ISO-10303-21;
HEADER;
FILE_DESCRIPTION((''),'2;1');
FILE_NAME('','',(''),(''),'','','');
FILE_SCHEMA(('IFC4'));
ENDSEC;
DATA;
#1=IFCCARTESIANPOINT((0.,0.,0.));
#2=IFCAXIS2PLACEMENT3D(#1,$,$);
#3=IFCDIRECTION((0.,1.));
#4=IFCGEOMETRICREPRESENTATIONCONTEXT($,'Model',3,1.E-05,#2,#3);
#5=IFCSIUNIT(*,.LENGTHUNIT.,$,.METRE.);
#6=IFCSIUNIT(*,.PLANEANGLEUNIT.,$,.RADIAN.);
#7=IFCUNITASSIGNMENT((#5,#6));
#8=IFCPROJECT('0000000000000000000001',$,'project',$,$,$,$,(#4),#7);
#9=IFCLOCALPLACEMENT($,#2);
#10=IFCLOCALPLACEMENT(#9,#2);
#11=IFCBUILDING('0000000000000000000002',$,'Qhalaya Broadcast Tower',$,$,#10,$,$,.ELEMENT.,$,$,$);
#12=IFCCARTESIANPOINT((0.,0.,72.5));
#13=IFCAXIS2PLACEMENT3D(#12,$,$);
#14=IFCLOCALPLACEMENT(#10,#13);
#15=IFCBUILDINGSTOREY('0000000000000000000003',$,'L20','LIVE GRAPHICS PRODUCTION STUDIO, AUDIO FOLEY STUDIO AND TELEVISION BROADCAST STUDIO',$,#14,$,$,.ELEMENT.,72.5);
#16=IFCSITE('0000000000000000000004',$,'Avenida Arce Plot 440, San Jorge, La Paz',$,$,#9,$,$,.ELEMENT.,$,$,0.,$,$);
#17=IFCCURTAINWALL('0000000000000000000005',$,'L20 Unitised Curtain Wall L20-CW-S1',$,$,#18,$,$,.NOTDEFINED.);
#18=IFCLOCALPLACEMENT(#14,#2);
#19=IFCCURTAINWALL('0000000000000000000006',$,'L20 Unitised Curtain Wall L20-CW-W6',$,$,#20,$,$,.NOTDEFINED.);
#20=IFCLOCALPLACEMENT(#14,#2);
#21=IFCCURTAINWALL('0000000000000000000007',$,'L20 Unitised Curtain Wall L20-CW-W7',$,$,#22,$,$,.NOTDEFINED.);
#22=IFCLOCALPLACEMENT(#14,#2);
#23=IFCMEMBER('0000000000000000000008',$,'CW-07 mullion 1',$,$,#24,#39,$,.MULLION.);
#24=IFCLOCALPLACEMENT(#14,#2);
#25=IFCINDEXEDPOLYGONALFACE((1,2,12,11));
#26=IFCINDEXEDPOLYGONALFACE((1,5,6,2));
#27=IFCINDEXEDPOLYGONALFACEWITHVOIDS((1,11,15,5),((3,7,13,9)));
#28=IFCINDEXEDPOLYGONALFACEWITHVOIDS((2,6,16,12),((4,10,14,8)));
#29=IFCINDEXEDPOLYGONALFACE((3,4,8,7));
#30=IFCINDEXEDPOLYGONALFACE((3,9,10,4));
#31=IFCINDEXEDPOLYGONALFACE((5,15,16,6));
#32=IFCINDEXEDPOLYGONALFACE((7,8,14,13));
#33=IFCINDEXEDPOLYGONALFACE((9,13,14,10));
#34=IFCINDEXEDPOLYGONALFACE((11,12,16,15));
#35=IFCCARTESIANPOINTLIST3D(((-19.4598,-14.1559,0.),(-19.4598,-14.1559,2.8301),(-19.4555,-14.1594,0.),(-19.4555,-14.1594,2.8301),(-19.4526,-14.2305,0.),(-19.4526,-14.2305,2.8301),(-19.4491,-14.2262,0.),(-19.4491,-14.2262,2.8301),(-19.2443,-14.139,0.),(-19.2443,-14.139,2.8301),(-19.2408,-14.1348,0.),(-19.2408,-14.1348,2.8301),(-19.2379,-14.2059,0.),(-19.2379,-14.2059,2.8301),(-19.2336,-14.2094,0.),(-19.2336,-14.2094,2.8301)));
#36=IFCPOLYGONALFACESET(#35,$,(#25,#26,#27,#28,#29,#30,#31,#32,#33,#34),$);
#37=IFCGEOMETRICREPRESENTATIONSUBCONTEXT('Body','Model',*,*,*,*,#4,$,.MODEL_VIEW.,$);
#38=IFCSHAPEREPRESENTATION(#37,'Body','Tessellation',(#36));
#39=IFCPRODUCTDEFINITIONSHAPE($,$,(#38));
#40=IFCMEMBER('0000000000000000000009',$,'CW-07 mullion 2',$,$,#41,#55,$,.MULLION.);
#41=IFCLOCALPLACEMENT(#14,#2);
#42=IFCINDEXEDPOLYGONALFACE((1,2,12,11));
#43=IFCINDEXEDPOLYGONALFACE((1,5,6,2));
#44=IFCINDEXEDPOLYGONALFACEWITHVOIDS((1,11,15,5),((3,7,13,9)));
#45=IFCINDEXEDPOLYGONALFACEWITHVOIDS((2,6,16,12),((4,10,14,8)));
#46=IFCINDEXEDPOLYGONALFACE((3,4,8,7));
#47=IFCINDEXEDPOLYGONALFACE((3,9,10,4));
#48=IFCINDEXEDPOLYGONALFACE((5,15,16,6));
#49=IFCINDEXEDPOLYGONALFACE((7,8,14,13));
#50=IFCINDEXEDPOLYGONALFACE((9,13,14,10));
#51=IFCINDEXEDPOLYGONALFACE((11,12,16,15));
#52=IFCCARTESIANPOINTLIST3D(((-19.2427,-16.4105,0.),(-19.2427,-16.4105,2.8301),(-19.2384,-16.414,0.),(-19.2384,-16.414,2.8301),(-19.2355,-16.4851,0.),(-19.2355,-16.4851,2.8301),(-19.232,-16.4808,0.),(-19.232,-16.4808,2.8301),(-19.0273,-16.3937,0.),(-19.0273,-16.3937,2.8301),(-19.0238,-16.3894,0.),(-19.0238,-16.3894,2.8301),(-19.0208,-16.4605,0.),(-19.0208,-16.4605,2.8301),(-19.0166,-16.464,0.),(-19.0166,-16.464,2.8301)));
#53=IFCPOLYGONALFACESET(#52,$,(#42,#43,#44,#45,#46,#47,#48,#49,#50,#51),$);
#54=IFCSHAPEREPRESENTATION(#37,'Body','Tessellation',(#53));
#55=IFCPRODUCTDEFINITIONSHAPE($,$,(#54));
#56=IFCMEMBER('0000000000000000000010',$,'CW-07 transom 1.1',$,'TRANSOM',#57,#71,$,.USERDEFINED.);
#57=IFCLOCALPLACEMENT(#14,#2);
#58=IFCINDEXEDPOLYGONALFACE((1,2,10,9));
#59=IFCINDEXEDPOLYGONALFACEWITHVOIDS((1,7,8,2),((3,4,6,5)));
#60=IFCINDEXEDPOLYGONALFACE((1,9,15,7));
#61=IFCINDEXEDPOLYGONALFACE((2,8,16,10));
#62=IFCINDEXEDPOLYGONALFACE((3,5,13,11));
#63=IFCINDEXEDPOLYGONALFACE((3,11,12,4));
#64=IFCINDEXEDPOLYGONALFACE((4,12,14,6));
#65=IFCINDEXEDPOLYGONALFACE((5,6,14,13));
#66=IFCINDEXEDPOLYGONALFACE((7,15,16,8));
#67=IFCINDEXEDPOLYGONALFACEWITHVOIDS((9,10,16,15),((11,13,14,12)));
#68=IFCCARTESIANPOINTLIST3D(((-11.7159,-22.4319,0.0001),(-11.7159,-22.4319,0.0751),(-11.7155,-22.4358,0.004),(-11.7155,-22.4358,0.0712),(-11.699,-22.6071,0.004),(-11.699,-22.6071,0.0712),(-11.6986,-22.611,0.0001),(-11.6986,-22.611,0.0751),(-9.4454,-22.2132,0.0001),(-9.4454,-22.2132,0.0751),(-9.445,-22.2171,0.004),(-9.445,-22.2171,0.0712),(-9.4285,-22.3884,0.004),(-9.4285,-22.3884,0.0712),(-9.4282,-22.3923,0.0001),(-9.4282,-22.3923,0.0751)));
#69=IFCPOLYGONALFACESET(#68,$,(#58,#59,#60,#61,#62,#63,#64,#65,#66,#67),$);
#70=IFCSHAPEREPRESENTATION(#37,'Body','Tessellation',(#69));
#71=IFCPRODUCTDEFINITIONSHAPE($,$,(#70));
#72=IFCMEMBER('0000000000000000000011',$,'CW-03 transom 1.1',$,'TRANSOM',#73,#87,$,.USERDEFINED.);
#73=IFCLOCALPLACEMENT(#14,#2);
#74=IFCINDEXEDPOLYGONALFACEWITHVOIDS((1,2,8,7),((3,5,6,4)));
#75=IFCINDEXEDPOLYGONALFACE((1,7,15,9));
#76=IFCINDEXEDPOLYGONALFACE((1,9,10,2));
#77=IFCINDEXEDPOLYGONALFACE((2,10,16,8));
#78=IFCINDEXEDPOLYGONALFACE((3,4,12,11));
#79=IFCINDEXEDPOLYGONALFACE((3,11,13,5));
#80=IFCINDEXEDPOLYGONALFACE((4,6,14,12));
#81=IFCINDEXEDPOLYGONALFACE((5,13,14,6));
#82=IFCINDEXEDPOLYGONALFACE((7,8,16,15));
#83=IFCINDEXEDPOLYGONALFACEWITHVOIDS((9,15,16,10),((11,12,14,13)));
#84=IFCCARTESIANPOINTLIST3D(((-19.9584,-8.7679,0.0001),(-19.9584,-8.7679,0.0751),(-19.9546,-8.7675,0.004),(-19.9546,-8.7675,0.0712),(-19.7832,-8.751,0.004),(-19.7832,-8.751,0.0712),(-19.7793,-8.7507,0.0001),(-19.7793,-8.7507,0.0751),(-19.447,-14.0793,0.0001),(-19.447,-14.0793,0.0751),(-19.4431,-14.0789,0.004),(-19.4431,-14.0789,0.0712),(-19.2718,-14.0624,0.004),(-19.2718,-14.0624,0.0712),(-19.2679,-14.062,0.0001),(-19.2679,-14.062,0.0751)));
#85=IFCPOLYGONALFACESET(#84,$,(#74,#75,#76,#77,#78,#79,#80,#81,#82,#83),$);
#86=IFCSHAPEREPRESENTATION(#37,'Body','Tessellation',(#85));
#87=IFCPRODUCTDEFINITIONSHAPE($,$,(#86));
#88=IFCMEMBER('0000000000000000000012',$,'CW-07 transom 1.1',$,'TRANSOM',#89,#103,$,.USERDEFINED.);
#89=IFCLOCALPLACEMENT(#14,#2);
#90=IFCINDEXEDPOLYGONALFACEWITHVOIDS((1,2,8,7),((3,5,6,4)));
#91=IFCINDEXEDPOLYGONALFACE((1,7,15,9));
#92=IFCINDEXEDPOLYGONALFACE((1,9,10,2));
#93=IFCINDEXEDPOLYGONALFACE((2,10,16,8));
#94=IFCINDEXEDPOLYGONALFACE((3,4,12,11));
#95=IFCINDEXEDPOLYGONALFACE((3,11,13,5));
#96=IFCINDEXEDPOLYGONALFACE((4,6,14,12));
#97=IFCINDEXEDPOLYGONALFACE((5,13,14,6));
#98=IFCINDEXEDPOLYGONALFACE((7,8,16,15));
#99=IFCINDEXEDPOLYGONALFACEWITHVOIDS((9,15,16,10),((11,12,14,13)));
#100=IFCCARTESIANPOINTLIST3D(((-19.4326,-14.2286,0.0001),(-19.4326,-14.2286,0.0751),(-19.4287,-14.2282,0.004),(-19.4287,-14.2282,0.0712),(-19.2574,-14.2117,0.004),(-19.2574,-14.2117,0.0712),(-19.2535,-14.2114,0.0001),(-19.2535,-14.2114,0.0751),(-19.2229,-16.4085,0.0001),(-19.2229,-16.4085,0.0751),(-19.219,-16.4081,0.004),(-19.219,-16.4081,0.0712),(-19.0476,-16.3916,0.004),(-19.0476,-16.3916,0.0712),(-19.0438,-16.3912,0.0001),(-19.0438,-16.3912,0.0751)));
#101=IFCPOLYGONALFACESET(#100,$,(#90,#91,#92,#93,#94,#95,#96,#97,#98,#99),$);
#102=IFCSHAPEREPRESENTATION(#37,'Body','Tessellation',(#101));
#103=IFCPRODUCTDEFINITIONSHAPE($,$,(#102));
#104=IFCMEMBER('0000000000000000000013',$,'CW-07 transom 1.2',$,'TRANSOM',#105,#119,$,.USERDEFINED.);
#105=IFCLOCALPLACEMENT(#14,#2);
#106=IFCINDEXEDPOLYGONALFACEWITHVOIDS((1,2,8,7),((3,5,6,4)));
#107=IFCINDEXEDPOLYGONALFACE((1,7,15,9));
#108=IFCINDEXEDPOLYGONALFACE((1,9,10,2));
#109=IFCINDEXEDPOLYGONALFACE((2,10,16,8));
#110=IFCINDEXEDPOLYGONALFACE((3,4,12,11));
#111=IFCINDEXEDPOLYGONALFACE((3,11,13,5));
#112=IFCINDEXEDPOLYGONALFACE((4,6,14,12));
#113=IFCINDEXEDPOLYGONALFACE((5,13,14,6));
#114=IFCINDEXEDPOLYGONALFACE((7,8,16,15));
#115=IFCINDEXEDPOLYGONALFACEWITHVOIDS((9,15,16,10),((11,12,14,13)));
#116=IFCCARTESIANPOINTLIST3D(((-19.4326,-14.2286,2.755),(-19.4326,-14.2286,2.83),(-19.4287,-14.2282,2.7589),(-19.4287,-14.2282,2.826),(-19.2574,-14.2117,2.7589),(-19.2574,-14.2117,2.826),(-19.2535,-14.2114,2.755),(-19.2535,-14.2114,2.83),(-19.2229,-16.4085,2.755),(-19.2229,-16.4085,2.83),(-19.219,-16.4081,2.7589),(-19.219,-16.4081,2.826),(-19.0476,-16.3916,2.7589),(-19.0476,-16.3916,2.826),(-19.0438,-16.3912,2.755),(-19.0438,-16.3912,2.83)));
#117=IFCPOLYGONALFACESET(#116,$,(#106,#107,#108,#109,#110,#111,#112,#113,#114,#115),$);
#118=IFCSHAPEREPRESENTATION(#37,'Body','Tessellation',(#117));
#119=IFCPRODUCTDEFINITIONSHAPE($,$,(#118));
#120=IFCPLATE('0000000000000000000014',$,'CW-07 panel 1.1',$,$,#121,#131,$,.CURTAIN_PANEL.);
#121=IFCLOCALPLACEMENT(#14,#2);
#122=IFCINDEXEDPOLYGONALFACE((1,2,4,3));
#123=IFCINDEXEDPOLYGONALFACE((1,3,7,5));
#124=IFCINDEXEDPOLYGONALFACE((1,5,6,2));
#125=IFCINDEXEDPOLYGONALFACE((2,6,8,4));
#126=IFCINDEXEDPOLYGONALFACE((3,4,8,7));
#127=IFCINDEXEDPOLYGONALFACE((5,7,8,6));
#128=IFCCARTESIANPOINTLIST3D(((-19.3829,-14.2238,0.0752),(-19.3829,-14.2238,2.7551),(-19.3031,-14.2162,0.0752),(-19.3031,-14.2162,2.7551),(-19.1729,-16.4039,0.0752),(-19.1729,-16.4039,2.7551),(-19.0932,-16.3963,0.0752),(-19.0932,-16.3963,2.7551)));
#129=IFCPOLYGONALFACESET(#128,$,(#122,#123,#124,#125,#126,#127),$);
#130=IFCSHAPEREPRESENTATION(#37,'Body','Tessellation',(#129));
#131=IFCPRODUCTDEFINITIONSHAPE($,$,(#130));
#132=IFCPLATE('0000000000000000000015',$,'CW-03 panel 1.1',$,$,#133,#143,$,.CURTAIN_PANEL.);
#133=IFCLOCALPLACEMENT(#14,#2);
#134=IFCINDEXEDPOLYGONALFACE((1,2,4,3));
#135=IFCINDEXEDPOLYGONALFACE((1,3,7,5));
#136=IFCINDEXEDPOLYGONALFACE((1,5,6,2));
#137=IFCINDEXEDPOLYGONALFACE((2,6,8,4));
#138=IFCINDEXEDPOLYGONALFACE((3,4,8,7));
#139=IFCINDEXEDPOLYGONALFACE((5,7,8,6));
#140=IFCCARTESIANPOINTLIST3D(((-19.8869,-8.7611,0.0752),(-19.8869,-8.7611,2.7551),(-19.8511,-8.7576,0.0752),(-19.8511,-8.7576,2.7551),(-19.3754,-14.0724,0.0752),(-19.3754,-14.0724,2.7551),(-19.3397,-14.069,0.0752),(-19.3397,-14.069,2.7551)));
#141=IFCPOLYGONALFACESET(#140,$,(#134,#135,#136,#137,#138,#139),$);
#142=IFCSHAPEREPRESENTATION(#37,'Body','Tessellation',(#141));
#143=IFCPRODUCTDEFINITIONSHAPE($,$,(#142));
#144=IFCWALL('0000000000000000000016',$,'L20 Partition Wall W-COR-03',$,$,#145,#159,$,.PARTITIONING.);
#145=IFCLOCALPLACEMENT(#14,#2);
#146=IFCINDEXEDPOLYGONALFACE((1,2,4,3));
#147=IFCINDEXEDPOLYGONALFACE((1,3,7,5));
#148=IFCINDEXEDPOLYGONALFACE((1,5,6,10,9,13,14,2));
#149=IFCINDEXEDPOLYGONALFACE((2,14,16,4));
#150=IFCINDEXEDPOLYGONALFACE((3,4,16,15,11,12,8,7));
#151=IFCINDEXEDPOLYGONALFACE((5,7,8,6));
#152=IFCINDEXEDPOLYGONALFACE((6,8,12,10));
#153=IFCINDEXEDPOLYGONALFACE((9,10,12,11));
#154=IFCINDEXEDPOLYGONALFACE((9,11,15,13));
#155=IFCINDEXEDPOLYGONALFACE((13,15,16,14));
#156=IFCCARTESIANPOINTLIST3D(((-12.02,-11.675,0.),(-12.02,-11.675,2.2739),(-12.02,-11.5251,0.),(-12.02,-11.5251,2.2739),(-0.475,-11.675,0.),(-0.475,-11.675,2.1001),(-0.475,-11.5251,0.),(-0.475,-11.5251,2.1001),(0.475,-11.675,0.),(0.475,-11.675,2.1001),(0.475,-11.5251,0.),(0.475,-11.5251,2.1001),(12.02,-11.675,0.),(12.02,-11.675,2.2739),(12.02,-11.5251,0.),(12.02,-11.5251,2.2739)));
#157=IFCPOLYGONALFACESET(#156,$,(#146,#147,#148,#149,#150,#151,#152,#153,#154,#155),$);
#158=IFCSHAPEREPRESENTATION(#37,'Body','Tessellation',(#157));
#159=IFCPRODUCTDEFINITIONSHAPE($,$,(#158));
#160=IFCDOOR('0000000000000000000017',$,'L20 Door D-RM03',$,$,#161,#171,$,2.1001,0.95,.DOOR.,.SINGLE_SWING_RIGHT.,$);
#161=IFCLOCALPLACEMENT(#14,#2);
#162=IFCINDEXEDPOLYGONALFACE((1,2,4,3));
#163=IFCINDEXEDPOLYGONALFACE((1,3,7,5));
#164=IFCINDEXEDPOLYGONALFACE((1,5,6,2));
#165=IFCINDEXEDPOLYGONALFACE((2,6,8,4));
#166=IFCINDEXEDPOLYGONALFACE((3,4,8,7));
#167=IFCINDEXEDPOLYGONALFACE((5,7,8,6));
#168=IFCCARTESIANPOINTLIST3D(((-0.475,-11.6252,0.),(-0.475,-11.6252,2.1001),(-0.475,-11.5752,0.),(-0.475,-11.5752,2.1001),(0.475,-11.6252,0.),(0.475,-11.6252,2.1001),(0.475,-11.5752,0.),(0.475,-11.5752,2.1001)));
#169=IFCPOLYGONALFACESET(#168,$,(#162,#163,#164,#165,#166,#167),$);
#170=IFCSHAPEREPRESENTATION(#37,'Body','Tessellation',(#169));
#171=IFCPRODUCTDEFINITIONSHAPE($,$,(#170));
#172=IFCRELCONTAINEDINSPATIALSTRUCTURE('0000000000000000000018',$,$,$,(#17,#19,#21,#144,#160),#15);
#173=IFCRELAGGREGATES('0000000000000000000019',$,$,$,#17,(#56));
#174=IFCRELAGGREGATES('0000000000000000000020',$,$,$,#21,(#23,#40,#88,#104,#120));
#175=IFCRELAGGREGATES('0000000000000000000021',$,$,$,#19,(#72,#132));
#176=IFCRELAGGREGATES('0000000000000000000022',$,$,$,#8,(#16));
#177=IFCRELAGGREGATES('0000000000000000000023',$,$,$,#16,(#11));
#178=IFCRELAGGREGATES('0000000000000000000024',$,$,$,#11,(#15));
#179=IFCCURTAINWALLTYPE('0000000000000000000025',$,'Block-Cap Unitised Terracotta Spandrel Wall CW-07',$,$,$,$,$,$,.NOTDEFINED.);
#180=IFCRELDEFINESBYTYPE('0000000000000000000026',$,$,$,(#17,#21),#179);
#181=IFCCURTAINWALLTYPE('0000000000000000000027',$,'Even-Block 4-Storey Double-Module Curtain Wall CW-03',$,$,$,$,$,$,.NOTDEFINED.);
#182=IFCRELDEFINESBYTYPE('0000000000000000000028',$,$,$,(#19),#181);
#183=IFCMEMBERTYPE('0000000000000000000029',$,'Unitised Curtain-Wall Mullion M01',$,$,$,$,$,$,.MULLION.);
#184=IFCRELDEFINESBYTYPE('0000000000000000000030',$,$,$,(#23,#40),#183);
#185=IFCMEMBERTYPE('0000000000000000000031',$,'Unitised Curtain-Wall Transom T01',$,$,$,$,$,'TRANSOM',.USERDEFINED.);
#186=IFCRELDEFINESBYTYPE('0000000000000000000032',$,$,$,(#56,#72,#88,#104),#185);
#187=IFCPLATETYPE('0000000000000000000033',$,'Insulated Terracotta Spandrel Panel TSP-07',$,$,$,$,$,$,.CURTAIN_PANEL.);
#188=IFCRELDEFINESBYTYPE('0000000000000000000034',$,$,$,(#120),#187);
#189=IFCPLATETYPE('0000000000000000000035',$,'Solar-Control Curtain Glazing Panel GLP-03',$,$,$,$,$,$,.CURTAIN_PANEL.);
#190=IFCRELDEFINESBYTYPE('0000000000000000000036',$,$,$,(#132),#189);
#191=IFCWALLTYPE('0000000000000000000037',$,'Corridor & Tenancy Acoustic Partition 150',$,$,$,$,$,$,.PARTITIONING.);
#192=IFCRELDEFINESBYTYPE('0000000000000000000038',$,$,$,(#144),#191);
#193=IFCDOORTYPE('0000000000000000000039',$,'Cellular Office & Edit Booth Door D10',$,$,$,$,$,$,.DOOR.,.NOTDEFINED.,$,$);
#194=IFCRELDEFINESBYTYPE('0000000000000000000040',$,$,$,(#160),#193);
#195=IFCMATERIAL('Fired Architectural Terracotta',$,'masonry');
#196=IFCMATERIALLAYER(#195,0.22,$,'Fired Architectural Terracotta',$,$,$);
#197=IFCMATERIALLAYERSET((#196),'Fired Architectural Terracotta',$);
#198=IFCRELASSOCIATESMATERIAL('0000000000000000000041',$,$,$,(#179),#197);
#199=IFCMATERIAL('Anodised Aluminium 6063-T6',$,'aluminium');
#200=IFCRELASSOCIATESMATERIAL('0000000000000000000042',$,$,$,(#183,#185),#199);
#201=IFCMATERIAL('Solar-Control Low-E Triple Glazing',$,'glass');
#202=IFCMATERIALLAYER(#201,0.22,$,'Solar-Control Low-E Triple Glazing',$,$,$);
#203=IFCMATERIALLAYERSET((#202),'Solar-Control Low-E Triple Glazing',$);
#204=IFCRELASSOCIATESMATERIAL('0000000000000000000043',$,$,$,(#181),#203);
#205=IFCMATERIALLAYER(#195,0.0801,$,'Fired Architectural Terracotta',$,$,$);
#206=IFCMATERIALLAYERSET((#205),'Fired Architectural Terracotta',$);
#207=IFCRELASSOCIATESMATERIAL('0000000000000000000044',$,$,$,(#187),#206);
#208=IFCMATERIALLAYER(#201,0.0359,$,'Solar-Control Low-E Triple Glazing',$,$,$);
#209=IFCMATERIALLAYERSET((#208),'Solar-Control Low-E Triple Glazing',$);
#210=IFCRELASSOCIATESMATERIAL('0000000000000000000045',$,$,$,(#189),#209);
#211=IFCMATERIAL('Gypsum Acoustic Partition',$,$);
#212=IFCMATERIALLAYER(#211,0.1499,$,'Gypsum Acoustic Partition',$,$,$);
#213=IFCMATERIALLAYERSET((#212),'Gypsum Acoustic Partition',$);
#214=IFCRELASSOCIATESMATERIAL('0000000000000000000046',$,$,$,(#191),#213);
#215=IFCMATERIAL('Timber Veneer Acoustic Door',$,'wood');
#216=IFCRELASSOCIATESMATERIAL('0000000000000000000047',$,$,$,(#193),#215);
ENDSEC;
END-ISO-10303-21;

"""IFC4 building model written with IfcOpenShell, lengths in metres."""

from ifc_helpers import new_model, si_unit, direction, frame, frame_2d, origin, origin_2d, place, context, subcontext, project, spatial, rectangle, hollow_rectangle, extrude, material, layer, layer_set, material_profile, profile_set, type_object, element, fill, aggregate, save


model = new_model("IFC4")

# Units and contexts
model_context = context("Model", 3, precision=1e-05, world=origin(), true_north=direction((0.0, 1.0)))
body_context = subcontext(model_context, "Body", "Model", "MODEL_VIEW")
ifc_project = project(units=[si_unit("LENGTHUNIT", "METRE"), si_unit("PLANEANGLEUNIT", "RADIAN")], contexts=[model_context])

# Site, building, storey
site_placement = place(None, origin())
site = spatial("IfcSite", under=ifc_project, at=site_placement, Name="Avenida Arce Plot 440, San Jorge, La Paz", CompositionType="ELEMENT", RefElevation=0.0)
building_placement = place(site_placement, origin())
building = spatial("IfcBuilding", under=site, at=building_placement, Name="Qhalaya Broadcast Tower", CompositionType="ELEMENT")
storey_placement = place(building_placement, frame((0.0, 0.0, 72.5)))
storey = spatial("IfcBuildingStorey", under=building, at=storey_placement, Name="L20", Description="LIVE GRAPHICS PRODUCTION STUDIO, AUDIO FOLEY STUDIO AND TELEVISION BROADCAST STUDIO", CompositionType="ELEMENT", Elevation=72.5)

# Curtain walls
ifc_material_1 = material(Name="Fired Architectural Terracotta", Category="masonry")
ifc_layer_1 = layer(ifc_material_1, 0.22, Name="Fired Architectural Terracotta")
ifc_layer_set_1 = layer_set([ifc_layer_1], Name="Fired Architectural Terracotta")
curtain_wall_type_1 = type_object("IfcCurtainWallType", Name="Block-Cap Unitised Terracotta Spandrel Wall CW-07", PredefinedType="NOTDEFINED", material=ifc_layer_set_1)
curtain_wall_1_placement = place(storey_placement, origin())
curtain_wall_1 = element("IfcCurtainWall", 1, at=curtain_wall_1_placement, inside=storey, type_object=curtain_wall_type_1, Name="L20 Unitised Curtain Wall L20-CW-S1", PredefinedType="NOTDEFINED")
ifc_material_2 = material(Name="Anodised Aluminium 6063-T6", Category="aluminium")
ifc_material_profile_1 = material_profile(ifc_material_2, hollow_rectangle(XDim=0.075, YDim=0.22, WallThickness=0.0039, at=origin_2d()), Name="ALU-MUL 75x220x4")
ifc_profile_set_1 = profile_set([ifc_material_profile_1], Name="Anodised Aluminium 6063-T6")
member_type_1 = type_object("IfcMemberType", Name="Unitised Curtain-Wall Mullion M01", PredefinedType="MULLION", material=ifc_profile_set_1)
ifc_material_3 = material(Name="Solar-Control Low-E Triple Glazing", Category="glass")
ifc_layer_2 = layer(ifc_material_3, 0.22, Name="Solar-Control Low-E Triple Glazing")
ifc_layer_set_2 = layer_set([ifc_layer_2], Name="Solar-Control Low-E Triple Glazing")
curtain_wall_type_2 = type_object("IfcCurtainWallType", Name="Even-Block 4-Storey Double-Module Curtain Wall CW-03", PredefinedType="NOTDEFINED", material=ifc_layer_set_2)
curtain_wall_2_placement = place(storey_placement, origin())
curtain_wall_2 = element("IfcCurtainWall", 2, at=curtain_wall_2_placement, inside=storey, type_object=curtain_wall_type_2, Name="L20 Unitised Curtain Wall L20-CW-W6", PredefinedType="NOTDEFINED")

# Curtain wall, members
curtain_wall_3_placement = place(storey_placement, origin())
curtain_wall_3 = element("IfcCurtainWall", 3, at=curtain_wall_3_placement, inside=storey, type_object=curtain_wall_type_1, Name="L20 Unitised Curtain Wall L20-CW-W7", PredefinedType="NOTDEFINED")
member_1_placement = place(storey_placement, frame((-19.3467, -14.1826, 0.0), z_axis=(0.0, 0.0, 1.0), x_axis=(0.095852, -0.995396, 0.0)))
member_1 = element("IfcMember", 4, at=member_1_placement, type_object=member_type_1, Name="CW-07 mullion 1", PredefinedType="MULLION", context=body_context, shape_type="SweptSolid", body=[
    extrude(hollow_rectangle(XDim=0.075, YDim=0.22, WallThickness=0.0039, at=origin_2d()), origin(), (0.0, 0.0, 1.0), 2.8301),
])
member_2_placement = place(storey_placement, frame((-19.1296, -16.4373, 0.0), z_axis=(0.0, 0.0, 1.0), x_axis=(0.095852, -0.995396, 0.0)))
member_2 = element("IfcMember", 5, at=member_2_placement, type_object=member_type_1, Name="CW-07 mullion 2", PredefinedType="MULLION", context=body_context, shape_type="SweptSolid", body=[
    extrude(hollow_rectangle(XDim=0.075, YDim=0.22, WallThickness=0.0039, at=origin_2d()), origin(), (0.0, 0.0, 1.0), 2.8301),
])

# Members
ifc_material_profile_2 = material_profile(ifc_material_2, hollow_rectangle(XDim=0.075, YDim=0.1799, WallThickness=0.0039, at=origin_2d()), Name="ALU-TRN 75x180x4")
ifc_profile_set_2 = profile_set([ifc_material_profile_2], Name="Anodised Aluminium 6063-T6")
member_type_2 = type_object("IfcMemberType", Name="Unitised Curtain-Wall Transom T01", ElementType="TRANSOM", PredefinedType="USERDEFINED", material=ifc_profile_set_2)
member_3_placement = place(storey_placement, frame((-11.7073, -22.5215, 0.0376), z_axis=(0.995391, 0.0959, 0.0), x_axis=(0.0, 0.0, 1.0)))
member_3 = element("IfcMember", 6, at=member_3_placement, type_object=member_type_2, Name="CW-07 transom 1.1", ObjectType="TRANSOM", PredefinedType="USERDEFINED", context=body_context, shape_type="SweptSolid", body=[
    extrude(hollow_rectangle(XDim=0.075, YDim=0.1799, WallThickness=0.0039, at=origin_2d()), origin(), (0.0, 0.0, 1.0), 2.281),
])
aggregate(curtain_wall_1, [member_3])
member_4_placement = place(storey_placement, frame((-19.8689, -8.7593, 0.0376), z_axis=(0.095856, -0.995395, 0.0), x_axis=(0.0, 0.0, 1.0)))
member_4 = element("IfcMember", 7, at=member_4_placement, type_object=member_type_2, Name="CW-03 transom 1.1", ObjectType="TRANSOM", PredefinedType="USERDEFINED", context=body_context, shape_type="SweptSolid", body=[
    extrude(hollow_rectangle(XDim=0.075, YDim=0.1799, WallThickness=0.0039, at=origin_2d()), origin(), (0.0, 0.0, 1.0), 5.3359),
])
member_5_placement = place(storey_placement, frame((-19.343, -14.22, 0.0376), z_axis=(0.095761, -0.995404, 0.0), x_axis=(0.0, 0.0, 1.0)))
member_5 = element("IfcMember", 8, at=member_5_placement, type_object=member_type_2, Name="CW-07 transom 1.1", ObjectType="TRANSOM", PredefinedType="USERDEFINED", context=body_context, shape_type="SweptSolid", body=[
    extrude(hollow_rectangle(XDim=0.075, YDim=0.1799, WallThickness=0.0039, at=origin_2d()), origin(), (0.0, 0.0, 1.0), 2.1899),
])
member_6_placement = place(storey_placement, frame((-19.343, -14.22, 2.7925), z_axis=(0.095761, -0.995404, 0.0), x_axis=(0.0, 0.0, 1.0)))
member_6 = element("IfcMember", 9, at=member_6_placement, type_object=member_type_2, Name="CW-07 transom 1.2", ObjectType="TRANSOM", PredefinedType="USERDEFINED", context=body_context, shape_type="SweptSolid", body=[
    extrude(hollow_rectangle(XDim=0.075, YDim=0.1799, WallThickness=0.0039, at=origin_2d()), origin(), (0.0, 0.0, 1.0), 2.1899),
])

# Plates
ifc_layer_3 = layer(ifc_material_1, 0.0801, Name="Fired Architectural Terracotta")
ifc_layer_set_3 = layer_set([ifc_layer_3], Name="Fired Architectural Terracotta")
plate_type_1 = type_object("IfcPlateType", Name="Insulated Terracotta Spandrel Panel TSP-07", PredefinedType="CURTAIN_PANEL", material=ifc_layer_set_3)
plate_1_placement = place(storey_placement, frame((-19.238, -15.3101, 0.0752), z_axis=(0.0, 0.0, 1.0), x_axis=(0.095852, -0.995396, 0.0)))
plate_1 = element("IfcPlate", 10, at=plate_1_placement, type_object=plate_type_1, Name="CW-07 panel 1.1", PredefinedType="CURTAIN_PANEL", context=body_context, shape_type="SweptSolid", body=[
    extrude(rectangle(XDim=2.1902, YDim=0.0801, at=origin_2d()), origin(), (0.0, 0.0, 1.0), 2.6799),
])
aggregate(curtain_wall_3, [member_1, member_2, member_5, member_6, plate_1])
ifc_layer_4 = layer(ifc_material_3, 0.0359, Name="Solar-Control Low-E Triple Glazing")
ifc_layer_set_4 = layer_set([ifc_layer_4], Name="Solar-Control Low-E Triple Glazing")
plate_type_2 = type_object("IfcPlateType", Name="Solar-Control Curtain Glazing Panel GLP-03", PredefinedType="CURTAIN_PANEL", material=ifc_layer_set_4)
plate_2_placement = place(storey_placement, frame((-19.6133, -11.415, 0.0752), z_axis=(0.0, 0.0, 1.0), x_axis=(0.095845, -0.995396, 0.0)))
plate_2 = element("IfcPlate", 11, at=plate_2_placement, type_object=plate_type_2, Name="CW-03 panel 1.1", PredefinedType="CURTAIN_PANEL", context=body_context, shape_type="SweptSolid", body=[
    extrude(rectangle(XDim=5.3359, YDim=0.0359, at=origin_2d()), origin(), (0.0, 0.0, 1.0), 2.6799),
])
aggregate(curtain_wall_2, [member_4, plate_2])

# Wall, opening, door
ifc_material_4 = material(Name="Gypsum Acoustic Partition")
ifc_layer_5 = layer(ifc_material_4, 0.1499, Name="Gypsum Acoustic Partition")
ifc_layer_set_5 = layer_set([ifc_layer_5], Name="Gypsum Acoustic Partition")
wall_type_1 = type_object("IfcWallType", Name="Corridor & Tenancy Acoustic Partition 150", PredefinedType="PARTITIONING", material=ifc_layer_set_5)
wall_1_placement = place(storey_placement, frame((-12.02, -11.6001, 0.0), z_axis=(0.0, 0.0, 1.0), x_axis=(1.0, 0.0, 0.0)))
wall_1 = element("IfcWall", 12, at=wall_1_placement, inside=storey, type_object=wall_type_1, Name="L20 Partition Wall W-COR-03", PredefinedType="PARTITIONING", context=body_context, shape_type="SweptSolid", body=[
    extrude(rectangle(XDim=24.04, YDim=0.1499, at=frame_2d((12.02, 0.0))), origin(), (0.0, 0.0, 1.0), 2.2739),
])
opening_1_placement = place(wall_1_placement, frame((11.5449, 0.0, 0.0)))
opening_1 = element("IfcOpeningElement", 13, at=opening_1_placement, cuts=wall_1, PredefinedType="OPENING", context=body_context, shape_type="SweptSolid", body=[
    extrude(rectangle(XDim=0.95, YDim=2.1001, at=frame_2d((0.4751, 1.05))), frame((0.0, 0.0869, 0.0), z_axis=(0.0, -1.0, 0.0), x_axis=(1.0, 0.0, 0.0)), (0.0, 0.0, 1.0), 0.1738),
])
ifc_material_5 = material(Name="Timber Veneer Acoustic Door", Category="wood")
door_type = type_object("IfcDoorType", Name="Cellular Office & Edit Booth Door D10", OperationType="NOTDEFINED", PredefinedType="DOOR", material=ifc_material_5)
door_1_placement = place(opening_1_placement, origin())
door_1 = element("IfcDoor", 14, at=door_1_placement, inside=storey, type_object=door_type, Name="L20 Door D-RM03", OperationType="SINGLE_SWING_RIGHT", OverallHeight=2.1001, OverallWidth=0.95, PredefinedType="DOOR", context=body_context, shape_type="SweptSolid", body=[
    extrude(rectangle(XDim=0.95, YDim=2.1001, at=frame_2d((0.4751, 1.05))), frame((0.0, 0.0249, 0.0), z_axis=(0.0, -1.0, 0.0), x_axis=(1.0, 0.0, 0.0)), (0.0, 0.0, 1.0), 0.05),
])
fill(opening_1, door_1)

save(model, "model.ifc")
